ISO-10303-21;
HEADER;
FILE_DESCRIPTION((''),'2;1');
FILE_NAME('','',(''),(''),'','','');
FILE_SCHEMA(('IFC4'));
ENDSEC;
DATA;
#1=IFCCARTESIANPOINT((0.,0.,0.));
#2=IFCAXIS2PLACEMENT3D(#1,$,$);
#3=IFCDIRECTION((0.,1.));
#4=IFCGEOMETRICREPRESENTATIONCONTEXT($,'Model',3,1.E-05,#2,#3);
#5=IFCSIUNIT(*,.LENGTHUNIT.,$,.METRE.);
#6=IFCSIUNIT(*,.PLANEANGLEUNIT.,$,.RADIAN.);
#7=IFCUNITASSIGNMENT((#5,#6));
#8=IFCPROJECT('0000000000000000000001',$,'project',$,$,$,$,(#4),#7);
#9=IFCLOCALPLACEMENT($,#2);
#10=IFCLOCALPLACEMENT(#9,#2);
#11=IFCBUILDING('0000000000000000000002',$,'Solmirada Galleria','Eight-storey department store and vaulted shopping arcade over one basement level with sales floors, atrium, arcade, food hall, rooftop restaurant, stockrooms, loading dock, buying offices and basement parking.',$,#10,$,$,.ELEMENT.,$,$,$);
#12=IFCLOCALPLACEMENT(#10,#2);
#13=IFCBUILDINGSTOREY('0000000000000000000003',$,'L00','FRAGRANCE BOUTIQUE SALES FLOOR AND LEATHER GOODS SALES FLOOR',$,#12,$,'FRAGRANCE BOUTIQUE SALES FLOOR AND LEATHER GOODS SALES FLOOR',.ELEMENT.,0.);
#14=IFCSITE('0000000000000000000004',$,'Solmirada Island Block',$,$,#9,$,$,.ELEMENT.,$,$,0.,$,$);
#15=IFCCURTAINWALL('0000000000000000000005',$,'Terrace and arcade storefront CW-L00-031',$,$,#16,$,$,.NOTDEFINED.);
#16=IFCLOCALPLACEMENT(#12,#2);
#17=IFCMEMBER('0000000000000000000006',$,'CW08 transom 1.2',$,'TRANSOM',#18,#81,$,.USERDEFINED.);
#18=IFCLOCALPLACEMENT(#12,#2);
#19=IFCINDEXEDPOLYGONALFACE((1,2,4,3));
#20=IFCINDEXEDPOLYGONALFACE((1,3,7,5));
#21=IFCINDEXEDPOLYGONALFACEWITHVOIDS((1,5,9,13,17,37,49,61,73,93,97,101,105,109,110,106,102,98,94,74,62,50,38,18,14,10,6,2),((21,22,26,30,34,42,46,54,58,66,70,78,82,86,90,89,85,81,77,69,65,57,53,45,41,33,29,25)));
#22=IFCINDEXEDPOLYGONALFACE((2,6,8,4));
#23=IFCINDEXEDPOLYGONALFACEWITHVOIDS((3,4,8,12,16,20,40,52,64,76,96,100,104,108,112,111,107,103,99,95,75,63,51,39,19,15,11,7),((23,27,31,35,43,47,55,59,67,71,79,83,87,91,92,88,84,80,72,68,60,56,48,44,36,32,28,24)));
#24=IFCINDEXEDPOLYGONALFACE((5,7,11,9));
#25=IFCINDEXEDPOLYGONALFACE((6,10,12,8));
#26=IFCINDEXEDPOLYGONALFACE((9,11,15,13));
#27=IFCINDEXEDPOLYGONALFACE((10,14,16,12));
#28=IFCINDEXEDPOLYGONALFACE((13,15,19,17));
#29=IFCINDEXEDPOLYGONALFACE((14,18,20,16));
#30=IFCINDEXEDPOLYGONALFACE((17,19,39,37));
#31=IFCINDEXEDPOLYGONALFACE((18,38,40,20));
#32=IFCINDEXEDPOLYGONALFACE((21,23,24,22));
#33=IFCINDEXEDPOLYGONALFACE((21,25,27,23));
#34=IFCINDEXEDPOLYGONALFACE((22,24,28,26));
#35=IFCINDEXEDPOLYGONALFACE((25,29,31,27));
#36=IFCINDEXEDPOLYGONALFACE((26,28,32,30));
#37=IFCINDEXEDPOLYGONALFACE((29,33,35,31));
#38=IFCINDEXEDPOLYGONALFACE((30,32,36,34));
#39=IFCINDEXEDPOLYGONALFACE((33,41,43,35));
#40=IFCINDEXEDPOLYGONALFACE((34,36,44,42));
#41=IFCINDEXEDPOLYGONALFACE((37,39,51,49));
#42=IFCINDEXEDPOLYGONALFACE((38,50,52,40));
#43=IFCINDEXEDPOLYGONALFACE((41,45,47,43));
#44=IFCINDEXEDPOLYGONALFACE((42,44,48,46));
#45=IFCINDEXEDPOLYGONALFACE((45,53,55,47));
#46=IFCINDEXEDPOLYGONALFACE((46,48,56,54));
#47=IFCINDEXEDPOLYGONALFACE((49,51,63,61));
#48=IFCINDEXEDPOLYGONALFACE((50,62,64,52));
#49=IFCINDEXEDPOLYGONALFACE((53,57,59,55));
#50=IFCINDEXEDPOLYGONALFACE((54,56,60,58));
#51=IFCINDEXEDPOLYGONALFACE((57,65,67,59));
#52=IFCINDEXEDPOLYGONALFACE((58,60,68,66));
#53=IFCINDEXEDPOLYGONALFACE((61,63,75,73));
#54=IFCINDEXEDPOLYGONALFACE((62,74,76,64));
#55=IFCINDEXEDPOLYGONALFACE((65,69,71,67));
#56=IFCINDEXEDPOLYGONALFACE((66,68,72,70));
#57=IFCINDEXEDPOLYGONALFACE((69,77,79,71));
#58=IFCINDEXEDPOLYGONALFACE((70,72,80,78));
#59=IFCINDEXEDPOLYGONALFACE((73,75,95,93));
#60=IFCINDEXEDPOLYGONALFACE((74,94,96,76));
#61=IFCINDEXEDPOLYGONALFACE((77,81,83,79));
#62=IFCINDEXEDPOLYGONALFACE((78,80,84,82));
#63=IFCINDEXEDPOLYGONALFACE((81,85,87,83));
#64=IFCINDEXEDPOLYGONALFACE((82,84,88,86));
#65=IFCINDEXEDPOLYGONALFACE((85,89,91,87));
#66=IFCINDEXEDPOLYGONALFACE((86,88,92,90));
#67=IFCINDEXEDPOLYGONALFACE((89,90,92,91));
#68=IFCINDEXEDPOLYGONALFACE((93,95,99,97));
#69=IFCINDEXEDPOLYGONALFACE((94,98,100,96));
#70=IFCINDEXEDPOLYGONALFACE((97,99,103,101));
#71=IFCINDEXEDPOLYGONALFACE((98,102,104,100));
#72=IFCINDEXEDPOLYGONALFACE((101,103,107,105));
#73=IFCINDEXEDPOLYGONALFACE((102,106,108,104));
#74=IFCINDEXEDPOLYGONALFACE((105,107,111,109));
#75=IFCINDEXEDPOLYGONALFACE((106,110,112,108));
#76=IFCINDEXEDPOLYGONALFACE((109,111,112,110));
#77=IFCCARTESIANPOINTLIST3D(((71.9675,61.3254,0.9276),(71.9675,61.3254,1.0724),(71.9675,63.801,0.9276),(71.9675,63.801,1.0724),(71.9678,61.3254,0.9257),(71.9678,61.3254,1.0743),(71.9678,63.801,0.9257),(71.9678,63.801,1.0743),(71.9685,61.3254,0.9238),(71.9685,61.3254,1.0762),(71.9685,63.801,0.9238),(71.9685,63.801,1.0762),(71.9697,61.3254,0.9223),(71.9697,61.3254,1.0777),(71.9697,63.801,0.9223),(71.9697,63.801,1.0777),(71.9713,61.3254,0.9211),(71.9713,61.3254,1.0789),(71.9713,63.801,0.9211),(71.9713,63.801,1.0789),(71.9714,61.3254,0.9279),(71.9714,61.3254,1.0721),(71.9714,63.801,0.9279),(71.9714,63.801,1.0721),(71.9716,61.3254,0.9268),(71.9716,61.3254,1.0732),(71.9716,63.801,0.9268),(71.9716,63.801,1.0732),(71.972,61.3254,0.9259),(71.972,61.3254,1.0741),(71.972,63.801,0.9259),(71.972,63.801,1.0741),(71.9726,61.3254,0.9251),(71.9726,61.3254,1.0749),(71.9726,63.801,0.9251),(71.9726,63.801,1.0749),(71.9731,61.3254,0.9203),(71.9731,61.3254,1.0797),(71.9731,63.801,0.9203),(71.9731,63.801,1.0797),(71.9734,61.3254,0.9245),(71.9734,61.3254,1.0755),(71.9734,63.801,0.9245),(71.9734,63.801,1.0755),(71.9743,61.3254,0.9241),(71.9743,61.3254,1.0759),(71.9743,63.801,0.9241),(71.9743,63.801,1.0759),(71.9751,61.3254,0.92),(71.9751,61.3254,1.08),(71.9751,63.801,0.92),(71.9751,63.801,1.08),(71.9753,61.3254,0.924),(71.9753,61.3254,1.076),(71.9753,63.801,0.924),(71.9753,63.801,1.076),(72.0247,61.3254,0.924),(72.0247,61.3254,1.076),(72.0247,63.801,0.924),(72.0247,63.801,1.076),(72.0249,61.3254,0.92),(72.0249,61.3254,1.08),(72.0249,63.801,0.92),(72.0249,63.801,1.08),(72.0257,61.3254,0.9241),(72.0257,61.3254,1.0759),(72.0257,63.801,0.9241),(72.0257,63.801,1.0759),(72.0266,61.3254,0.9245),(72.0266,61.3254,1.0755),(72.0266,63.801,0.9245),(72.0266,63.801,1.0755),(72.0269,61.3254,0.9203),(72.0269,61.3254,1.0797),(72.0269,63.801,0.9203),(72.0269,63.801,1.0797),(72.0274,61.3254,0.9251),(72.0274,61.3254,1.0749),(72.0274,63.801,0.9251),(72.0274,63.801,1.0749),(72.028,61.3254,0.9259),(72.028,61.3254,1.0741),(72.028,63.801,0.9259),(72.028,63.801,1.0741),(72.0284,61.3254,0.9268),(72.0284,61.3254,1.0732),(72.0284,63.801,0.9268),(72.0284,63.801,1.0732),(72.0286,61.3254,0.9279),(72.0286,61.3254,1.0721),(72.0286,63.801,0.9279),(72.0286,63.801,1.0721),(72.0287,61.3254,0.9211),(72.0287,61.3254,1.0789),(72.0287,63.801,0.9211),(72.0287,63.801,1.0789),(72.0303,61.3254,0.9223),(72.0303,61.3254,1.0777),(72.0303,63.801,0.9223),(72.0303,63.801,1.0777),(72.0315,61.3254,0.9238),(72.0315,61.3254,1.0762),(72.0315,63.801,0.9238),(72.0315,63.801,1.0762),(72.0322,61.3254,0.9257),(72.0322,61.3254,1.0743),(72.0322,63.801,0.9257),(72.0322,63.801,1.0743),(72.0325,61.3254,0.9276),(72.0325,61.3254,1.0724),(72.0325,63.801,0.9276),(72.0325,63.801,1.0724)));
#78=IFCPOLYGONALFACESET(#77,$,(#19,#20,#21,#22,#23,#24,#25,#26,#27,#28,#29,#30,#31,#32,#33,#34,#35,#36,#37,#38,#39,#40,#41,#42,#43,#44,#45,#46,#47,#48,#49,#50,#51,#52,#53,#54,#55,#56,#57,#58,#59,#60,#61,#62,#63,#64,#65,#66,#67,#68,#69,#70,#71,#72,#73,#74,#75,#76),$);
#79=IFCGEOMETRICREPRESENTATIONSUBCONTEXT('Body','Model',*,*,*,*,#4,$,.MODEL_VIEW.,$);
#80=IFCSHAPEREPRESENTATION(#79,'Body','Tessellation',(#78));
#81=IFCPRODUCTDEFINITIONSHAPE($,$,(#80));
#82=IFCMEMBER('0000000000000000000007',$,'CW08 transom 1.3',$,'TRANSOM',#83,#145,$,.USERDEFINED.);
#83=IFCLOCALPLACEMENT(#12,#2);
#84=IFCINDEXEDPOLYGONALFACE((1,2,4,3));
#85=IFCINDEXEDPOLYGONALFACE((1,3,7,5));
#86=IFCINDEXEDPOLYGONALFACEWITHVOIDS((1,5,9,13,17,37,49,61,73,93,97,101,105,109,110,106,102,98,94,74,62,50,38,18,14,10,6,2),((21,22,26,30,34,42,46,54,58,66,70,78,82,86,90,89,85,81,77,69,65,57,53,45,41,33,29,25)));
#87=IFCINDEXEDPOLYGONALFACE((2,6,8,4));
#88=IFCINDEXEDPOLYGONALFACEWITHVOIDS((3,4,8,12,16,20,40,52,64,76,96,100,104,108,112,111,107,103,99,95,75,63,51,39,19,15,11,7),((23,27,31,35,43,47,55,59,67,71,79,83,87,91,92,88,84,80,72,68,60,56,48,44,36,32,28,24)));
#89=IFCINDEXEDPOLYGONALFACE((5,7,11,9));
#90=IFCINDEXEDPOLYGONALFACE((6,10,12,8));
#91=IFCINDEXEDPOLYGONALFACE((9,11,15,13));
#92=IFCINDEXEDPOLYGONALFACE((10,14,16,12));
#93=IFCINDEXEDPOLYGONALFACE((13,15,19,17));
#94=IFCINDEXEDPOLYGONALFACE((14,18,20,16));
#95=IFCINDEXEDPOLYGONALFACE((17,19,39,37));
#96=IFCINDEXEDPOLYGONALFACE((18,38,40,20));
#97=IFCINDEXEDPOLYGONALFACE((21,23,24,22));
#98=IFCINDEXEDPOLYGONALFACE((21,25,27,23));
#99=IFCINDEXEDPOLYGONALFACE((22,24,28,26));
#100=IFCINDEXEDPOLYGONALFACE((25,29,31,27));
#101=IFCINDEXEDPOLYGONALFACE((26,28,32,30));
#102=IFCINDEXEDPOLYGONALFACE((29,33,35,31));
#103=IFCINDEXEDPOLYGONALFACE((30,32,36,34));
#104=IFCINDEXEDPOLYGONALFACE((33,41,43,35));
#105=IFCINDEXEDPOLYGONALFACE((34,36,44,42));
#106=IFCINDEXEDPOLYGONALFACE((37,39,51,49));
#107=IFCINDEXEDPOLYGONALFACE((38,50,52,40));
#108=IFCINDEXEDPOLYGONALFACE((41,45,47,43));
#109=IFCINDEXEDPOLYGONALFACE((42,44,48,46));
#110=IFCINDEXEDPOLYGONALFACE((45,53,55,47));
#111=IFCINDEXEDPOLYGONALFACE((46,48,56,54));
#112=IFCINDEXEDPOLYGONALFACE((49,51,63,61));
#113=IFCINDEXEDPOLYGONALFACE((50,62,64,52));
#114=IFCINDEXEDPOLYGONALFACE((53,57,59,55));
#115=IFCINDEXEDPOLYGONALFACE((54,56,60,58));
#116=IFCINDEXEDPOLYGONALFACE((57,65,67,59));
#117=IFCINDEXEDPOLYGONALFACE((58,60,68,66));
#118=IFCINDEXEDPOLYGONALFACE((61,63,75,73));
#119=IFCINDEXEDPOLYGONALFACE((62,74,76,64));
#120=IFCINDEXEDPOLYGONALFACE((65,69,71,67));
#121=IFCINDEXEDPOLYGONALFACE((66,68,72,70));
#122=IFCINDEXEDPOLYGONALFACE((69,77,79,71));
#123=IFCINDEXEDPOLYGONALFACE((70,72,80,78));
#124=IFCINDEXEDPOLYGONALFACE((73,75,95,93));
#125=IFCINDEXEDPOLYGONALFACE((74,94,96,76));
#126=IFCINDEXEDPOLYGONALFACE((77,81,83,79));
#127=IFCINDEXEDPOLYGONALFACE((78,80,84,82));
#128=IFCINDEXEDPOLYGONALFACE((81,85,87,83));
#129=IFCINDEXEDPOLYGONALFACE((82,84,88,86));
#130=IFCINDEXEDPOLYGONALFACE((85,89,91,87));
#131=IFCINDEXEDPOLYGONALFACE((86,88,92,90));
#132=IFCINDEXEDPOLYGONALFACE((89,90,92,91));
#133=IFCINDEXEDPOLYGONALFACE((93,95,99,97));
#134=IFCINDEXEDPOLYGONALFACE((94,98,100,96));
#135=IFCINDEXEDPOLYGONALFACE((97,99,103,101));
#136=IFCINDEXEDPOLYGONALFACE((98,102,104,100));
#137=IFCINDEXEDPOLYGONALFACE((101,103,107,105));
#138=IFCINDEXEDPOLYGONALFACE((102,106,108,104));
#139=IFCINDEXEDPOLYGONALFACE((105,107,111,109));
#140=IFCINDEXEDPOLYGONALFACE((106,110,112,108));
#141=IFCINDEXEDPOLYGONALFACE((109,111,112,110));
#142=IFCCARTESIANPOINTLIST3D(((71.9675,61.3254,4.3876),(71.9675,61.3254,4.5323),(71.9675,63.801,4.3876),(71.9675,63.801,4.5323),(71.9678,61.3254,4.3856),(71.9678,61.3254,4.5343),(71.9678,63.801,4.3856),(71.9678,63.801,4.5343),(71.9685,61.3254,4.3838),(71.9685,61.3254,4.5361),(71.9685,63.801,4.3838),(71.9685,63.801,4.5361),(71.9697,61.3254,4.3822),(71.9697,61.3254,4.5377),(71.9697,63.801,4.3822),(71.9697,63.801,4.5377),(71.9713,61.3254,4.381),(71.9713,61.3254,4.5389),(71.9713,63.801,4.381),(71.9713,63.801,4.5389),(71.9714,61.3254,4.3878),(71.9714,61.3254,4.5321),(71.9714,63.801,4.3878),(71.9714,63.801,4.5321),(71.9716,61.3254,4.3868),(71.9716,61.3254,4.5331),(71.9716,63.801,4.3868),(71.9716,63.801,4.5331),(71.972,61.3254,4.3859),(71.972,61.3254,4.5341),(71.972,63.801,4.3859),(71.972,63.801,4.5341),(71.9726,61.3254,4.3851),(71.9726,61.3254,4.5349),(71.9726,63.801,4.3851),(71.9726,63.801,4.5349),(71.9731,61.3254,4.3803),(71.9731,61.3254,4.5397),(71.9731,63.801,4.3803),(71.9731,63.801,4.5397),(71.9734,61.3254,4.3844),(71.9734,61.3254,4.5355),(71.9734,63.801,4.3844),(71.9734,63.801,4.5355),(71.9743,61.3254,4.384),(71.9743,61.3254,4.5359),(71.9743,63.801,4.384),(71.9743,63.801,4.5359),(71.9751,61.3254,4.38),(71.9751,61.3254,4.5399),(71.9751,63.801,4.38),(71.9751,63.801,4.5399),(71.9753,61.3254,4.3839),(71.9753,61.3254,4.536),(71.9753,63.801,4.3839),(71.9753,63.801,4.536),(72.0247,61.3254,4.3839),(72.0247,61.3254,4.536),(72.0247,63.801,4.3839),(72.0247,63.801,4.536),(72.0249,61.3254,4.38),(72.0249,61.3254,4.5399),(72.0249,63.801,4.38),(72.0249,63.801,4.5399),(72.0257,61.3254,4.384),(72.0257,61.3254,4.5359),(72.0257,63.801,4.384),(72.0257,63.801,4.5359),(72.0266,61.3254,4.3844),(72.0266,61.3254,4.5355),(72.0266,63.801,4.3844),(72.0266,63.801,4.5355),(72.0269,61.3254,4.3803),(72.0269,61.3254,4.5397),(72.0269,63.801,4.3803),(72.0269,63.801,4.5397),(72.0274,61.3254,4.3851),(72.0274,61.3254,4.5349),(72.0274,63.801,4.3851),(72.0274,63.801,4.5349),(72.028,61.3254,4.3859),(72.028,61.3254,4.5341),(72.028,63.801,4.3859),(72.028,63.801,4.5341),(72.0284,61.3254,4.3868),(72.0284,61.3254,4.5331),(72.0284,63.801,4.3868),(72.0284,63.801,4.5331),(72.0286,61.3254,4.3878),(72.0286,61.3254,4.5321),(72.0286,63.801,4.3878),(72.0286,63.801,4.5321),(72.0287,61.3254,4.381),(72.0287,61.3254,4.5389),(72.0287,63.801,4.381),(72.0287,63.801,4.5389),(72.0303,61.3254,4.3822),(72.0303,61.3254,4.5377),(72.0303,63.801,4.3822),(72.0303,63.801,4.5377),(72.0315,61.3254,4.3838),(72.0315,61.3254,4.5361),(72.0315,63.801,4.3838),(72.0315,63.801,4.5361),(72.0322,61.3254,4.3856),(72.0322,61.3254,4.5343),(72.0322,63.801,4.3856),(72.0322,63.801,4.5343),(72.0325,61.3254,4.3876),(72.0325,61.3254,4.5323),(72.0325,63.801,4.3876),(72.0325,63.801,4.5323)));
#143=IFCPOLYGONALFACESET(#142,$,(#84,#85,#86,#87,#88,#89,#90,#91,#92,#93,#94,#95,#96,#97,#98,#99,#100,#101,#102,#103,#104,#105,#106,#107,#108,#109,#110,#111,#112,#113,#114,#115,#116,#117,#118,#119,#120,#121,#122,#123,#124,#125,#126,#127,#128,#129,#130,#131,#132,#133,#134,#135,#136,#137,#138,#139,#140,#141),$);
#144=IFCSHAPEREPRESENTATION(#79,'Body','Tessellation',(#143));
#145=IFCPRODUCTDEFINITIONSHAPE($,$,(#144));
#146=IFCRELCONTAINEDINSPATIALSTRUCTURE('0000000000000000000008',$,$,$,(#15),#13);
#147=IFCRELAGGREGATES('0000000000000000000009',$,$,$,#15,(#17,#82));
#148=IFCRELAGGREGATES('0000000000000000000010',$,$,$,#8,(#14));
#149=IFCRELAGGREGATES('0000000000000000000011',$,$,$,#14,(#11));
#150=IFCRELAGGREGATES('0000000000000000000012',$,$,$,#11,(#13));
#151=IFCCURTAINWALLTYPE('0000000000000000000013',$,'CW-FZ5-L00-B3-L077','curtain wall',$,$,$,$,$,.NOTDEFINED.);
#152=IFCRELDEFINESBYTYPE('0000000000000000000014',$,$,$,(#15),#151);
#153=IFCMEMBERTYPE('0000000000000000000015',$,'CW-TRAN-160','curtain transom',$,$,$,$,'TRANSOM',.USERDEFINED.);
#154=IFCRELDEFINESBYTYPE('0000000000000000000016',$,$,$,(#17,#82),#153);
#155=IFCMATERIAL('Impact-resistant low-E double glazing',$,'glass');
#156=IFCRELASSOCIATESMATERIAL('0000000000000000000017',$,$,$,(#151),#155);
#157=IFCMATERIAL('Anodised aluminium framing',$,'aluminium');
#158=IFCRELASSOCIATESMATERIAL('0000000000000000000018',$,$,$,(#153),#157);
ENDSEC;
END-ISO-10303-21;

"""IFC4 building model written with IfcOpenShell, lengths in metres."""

from ifc_helpers import new_model, si_unit, direction, frame, origin, origin_2d, place, context, subcontext, project, spatial, hollow_rectangle, extrude, material, material_profile, profile_set, type_object, element, aggregate, save


model = new_model("IFC4")

# Units and contexts
model_context = context("Model", 3, precision=1e-05, world=origin(), true_north=direction((0.0, 1.0)))
body_context = subcontext(model_context, "Body", "Model", "MODEL_VIEW")
ifc_project = project(units=[si_unit("LENGTHUNIT", "METRE"), si_unit("PLANEANGLEUNIT", "RADIAN")], contexts=[model_context])

# Site, building, storey
site_placement = place(None, origin())
site = spatial("IfcSite", under=ifc_project, at=site_placement, Name="Solmirada Island Block", CompositionType="ELEMENT", RefElevation=0.0)
building_placement = place(site_placement, origin())
building = spatial("IfcBuilding", under=site, at=building_placement, Name="Solmirada Galleria", Description="Eight-storey department store and vaulted shopping arcade over one basement level with sales floors, atrium, arcade, food hall, rooftop restaurant, stockrooms, loading dock, buying offices and basement parking.", CompositionType="ELEMENT")
storey_placement = place(building_placement, origin())
storey = spatial("IfcBuildingStorey", under=building, at=storey_placement, Name="L00", Description="FRAGRANCE BOUTIQUE SALES FLOOR AND LEATHER GOODS SALES FLOOR", LongName="FRAGRANCE BOUTIQUE SALES FLOOR AND LEATHER GOODS SALES FLOOR", CompositionType="ELEMENT", Elevation=0.0)

# Curtain wall
ifc_material_1 = material(Name="Impact-resistant low-E double glazing", Category="glass")
curtain_wall_type = type_object("IfcCurtainWallType", Name="CW-FZ5-L00-B3-L077", Description="curtain wall", PredefinedType="NOTDEFINED", material=ifc_material_1)
curtain_wall_1_placement = place(storey_placement, origin())
curtain_wall_1 = element("IfcCurtainWall", 1, at=curtain_wall_1_placement, inside=storey, type_object=curtain_wall_type, Name="Terrace and arcade storefront CW-L00-031", PredefinedType="NOTDEFINED")
ifc_material_2 = material(Name="Anodised aluminium framing", Category="aluminium")

# Members
ifc_material_profile_1 = material_profile(ifc_material_2, hollow_rectangle(XDim=0.0649, YDim=0.1599, WallThickness=0.0039, InnerFilletRadius=0.0039, OuterFilletRadius=0.0076, at=origin_2d()), Name="ALU-TRAN-160X65")
ifc_profile_set_1 = profile_set([ifc_material_profile_1], Name="Anodised aluminium framing")
member_type_1 = type_object("IfcMemberType", Name="CW-TRAN-160", Description="curtain transom", ElementType="TRANSOM", PredefinedType="USERDEFINED", material=ifc_profile_set_1)
member_1_placement = place(storey_placement, frame((72.0, 63.801, 1.0), z_axis=(0.0, -1.0, 0.0), x_axis=(1.0, 0.0, 0.0)))
member_1 = element("IfcMember", 2, at=member_1_placement, type_object=member_type_1, Name="CW08 transom 1.2", ObjectType="TRANSOM", PredefinedType="USERDEFINED", context=body_context, shape_type="SweptSolid", body=[
    extrude(hollow_rectangle(XDim=0.0649, YDim=0.1599, WallThickness=0.0039, InnerFilletRadius=0.0039, OuterFilletRadius=0.0076, at=origin_2d()), origin(), (0.0, 0.0, 1.0), 2.4756),
])
member_2_placement = place(storey_placement, frame((72.0, 63.801, 4.46), z_axis=(0.0, -1.0, 0.0), x_axis=(1.0, 0.0, 0.0)))
member_2 = element("IfcMember", 3, at=member_2_placement, type_object=member_type_1, Name="CW08 transom 1.3", ObjectType="TRANSOM", PredefinedType="USERDEFINED", context=body_context, shape_type="SweptSolid", body=[
    extrude(hollow_rectangle(XDim=0.0649, YDim=0.1599, WallThickness=0.0039, InnerFilletRadius=0.0039, OuterFilletRadius=0.0076, at=origin_2d()), origin(), (0.0, 0.0, 1.0), 2.4756),
])

aggregate(curtain_wall_1, [member_1, member_2])

save(model, "model.ifc")
